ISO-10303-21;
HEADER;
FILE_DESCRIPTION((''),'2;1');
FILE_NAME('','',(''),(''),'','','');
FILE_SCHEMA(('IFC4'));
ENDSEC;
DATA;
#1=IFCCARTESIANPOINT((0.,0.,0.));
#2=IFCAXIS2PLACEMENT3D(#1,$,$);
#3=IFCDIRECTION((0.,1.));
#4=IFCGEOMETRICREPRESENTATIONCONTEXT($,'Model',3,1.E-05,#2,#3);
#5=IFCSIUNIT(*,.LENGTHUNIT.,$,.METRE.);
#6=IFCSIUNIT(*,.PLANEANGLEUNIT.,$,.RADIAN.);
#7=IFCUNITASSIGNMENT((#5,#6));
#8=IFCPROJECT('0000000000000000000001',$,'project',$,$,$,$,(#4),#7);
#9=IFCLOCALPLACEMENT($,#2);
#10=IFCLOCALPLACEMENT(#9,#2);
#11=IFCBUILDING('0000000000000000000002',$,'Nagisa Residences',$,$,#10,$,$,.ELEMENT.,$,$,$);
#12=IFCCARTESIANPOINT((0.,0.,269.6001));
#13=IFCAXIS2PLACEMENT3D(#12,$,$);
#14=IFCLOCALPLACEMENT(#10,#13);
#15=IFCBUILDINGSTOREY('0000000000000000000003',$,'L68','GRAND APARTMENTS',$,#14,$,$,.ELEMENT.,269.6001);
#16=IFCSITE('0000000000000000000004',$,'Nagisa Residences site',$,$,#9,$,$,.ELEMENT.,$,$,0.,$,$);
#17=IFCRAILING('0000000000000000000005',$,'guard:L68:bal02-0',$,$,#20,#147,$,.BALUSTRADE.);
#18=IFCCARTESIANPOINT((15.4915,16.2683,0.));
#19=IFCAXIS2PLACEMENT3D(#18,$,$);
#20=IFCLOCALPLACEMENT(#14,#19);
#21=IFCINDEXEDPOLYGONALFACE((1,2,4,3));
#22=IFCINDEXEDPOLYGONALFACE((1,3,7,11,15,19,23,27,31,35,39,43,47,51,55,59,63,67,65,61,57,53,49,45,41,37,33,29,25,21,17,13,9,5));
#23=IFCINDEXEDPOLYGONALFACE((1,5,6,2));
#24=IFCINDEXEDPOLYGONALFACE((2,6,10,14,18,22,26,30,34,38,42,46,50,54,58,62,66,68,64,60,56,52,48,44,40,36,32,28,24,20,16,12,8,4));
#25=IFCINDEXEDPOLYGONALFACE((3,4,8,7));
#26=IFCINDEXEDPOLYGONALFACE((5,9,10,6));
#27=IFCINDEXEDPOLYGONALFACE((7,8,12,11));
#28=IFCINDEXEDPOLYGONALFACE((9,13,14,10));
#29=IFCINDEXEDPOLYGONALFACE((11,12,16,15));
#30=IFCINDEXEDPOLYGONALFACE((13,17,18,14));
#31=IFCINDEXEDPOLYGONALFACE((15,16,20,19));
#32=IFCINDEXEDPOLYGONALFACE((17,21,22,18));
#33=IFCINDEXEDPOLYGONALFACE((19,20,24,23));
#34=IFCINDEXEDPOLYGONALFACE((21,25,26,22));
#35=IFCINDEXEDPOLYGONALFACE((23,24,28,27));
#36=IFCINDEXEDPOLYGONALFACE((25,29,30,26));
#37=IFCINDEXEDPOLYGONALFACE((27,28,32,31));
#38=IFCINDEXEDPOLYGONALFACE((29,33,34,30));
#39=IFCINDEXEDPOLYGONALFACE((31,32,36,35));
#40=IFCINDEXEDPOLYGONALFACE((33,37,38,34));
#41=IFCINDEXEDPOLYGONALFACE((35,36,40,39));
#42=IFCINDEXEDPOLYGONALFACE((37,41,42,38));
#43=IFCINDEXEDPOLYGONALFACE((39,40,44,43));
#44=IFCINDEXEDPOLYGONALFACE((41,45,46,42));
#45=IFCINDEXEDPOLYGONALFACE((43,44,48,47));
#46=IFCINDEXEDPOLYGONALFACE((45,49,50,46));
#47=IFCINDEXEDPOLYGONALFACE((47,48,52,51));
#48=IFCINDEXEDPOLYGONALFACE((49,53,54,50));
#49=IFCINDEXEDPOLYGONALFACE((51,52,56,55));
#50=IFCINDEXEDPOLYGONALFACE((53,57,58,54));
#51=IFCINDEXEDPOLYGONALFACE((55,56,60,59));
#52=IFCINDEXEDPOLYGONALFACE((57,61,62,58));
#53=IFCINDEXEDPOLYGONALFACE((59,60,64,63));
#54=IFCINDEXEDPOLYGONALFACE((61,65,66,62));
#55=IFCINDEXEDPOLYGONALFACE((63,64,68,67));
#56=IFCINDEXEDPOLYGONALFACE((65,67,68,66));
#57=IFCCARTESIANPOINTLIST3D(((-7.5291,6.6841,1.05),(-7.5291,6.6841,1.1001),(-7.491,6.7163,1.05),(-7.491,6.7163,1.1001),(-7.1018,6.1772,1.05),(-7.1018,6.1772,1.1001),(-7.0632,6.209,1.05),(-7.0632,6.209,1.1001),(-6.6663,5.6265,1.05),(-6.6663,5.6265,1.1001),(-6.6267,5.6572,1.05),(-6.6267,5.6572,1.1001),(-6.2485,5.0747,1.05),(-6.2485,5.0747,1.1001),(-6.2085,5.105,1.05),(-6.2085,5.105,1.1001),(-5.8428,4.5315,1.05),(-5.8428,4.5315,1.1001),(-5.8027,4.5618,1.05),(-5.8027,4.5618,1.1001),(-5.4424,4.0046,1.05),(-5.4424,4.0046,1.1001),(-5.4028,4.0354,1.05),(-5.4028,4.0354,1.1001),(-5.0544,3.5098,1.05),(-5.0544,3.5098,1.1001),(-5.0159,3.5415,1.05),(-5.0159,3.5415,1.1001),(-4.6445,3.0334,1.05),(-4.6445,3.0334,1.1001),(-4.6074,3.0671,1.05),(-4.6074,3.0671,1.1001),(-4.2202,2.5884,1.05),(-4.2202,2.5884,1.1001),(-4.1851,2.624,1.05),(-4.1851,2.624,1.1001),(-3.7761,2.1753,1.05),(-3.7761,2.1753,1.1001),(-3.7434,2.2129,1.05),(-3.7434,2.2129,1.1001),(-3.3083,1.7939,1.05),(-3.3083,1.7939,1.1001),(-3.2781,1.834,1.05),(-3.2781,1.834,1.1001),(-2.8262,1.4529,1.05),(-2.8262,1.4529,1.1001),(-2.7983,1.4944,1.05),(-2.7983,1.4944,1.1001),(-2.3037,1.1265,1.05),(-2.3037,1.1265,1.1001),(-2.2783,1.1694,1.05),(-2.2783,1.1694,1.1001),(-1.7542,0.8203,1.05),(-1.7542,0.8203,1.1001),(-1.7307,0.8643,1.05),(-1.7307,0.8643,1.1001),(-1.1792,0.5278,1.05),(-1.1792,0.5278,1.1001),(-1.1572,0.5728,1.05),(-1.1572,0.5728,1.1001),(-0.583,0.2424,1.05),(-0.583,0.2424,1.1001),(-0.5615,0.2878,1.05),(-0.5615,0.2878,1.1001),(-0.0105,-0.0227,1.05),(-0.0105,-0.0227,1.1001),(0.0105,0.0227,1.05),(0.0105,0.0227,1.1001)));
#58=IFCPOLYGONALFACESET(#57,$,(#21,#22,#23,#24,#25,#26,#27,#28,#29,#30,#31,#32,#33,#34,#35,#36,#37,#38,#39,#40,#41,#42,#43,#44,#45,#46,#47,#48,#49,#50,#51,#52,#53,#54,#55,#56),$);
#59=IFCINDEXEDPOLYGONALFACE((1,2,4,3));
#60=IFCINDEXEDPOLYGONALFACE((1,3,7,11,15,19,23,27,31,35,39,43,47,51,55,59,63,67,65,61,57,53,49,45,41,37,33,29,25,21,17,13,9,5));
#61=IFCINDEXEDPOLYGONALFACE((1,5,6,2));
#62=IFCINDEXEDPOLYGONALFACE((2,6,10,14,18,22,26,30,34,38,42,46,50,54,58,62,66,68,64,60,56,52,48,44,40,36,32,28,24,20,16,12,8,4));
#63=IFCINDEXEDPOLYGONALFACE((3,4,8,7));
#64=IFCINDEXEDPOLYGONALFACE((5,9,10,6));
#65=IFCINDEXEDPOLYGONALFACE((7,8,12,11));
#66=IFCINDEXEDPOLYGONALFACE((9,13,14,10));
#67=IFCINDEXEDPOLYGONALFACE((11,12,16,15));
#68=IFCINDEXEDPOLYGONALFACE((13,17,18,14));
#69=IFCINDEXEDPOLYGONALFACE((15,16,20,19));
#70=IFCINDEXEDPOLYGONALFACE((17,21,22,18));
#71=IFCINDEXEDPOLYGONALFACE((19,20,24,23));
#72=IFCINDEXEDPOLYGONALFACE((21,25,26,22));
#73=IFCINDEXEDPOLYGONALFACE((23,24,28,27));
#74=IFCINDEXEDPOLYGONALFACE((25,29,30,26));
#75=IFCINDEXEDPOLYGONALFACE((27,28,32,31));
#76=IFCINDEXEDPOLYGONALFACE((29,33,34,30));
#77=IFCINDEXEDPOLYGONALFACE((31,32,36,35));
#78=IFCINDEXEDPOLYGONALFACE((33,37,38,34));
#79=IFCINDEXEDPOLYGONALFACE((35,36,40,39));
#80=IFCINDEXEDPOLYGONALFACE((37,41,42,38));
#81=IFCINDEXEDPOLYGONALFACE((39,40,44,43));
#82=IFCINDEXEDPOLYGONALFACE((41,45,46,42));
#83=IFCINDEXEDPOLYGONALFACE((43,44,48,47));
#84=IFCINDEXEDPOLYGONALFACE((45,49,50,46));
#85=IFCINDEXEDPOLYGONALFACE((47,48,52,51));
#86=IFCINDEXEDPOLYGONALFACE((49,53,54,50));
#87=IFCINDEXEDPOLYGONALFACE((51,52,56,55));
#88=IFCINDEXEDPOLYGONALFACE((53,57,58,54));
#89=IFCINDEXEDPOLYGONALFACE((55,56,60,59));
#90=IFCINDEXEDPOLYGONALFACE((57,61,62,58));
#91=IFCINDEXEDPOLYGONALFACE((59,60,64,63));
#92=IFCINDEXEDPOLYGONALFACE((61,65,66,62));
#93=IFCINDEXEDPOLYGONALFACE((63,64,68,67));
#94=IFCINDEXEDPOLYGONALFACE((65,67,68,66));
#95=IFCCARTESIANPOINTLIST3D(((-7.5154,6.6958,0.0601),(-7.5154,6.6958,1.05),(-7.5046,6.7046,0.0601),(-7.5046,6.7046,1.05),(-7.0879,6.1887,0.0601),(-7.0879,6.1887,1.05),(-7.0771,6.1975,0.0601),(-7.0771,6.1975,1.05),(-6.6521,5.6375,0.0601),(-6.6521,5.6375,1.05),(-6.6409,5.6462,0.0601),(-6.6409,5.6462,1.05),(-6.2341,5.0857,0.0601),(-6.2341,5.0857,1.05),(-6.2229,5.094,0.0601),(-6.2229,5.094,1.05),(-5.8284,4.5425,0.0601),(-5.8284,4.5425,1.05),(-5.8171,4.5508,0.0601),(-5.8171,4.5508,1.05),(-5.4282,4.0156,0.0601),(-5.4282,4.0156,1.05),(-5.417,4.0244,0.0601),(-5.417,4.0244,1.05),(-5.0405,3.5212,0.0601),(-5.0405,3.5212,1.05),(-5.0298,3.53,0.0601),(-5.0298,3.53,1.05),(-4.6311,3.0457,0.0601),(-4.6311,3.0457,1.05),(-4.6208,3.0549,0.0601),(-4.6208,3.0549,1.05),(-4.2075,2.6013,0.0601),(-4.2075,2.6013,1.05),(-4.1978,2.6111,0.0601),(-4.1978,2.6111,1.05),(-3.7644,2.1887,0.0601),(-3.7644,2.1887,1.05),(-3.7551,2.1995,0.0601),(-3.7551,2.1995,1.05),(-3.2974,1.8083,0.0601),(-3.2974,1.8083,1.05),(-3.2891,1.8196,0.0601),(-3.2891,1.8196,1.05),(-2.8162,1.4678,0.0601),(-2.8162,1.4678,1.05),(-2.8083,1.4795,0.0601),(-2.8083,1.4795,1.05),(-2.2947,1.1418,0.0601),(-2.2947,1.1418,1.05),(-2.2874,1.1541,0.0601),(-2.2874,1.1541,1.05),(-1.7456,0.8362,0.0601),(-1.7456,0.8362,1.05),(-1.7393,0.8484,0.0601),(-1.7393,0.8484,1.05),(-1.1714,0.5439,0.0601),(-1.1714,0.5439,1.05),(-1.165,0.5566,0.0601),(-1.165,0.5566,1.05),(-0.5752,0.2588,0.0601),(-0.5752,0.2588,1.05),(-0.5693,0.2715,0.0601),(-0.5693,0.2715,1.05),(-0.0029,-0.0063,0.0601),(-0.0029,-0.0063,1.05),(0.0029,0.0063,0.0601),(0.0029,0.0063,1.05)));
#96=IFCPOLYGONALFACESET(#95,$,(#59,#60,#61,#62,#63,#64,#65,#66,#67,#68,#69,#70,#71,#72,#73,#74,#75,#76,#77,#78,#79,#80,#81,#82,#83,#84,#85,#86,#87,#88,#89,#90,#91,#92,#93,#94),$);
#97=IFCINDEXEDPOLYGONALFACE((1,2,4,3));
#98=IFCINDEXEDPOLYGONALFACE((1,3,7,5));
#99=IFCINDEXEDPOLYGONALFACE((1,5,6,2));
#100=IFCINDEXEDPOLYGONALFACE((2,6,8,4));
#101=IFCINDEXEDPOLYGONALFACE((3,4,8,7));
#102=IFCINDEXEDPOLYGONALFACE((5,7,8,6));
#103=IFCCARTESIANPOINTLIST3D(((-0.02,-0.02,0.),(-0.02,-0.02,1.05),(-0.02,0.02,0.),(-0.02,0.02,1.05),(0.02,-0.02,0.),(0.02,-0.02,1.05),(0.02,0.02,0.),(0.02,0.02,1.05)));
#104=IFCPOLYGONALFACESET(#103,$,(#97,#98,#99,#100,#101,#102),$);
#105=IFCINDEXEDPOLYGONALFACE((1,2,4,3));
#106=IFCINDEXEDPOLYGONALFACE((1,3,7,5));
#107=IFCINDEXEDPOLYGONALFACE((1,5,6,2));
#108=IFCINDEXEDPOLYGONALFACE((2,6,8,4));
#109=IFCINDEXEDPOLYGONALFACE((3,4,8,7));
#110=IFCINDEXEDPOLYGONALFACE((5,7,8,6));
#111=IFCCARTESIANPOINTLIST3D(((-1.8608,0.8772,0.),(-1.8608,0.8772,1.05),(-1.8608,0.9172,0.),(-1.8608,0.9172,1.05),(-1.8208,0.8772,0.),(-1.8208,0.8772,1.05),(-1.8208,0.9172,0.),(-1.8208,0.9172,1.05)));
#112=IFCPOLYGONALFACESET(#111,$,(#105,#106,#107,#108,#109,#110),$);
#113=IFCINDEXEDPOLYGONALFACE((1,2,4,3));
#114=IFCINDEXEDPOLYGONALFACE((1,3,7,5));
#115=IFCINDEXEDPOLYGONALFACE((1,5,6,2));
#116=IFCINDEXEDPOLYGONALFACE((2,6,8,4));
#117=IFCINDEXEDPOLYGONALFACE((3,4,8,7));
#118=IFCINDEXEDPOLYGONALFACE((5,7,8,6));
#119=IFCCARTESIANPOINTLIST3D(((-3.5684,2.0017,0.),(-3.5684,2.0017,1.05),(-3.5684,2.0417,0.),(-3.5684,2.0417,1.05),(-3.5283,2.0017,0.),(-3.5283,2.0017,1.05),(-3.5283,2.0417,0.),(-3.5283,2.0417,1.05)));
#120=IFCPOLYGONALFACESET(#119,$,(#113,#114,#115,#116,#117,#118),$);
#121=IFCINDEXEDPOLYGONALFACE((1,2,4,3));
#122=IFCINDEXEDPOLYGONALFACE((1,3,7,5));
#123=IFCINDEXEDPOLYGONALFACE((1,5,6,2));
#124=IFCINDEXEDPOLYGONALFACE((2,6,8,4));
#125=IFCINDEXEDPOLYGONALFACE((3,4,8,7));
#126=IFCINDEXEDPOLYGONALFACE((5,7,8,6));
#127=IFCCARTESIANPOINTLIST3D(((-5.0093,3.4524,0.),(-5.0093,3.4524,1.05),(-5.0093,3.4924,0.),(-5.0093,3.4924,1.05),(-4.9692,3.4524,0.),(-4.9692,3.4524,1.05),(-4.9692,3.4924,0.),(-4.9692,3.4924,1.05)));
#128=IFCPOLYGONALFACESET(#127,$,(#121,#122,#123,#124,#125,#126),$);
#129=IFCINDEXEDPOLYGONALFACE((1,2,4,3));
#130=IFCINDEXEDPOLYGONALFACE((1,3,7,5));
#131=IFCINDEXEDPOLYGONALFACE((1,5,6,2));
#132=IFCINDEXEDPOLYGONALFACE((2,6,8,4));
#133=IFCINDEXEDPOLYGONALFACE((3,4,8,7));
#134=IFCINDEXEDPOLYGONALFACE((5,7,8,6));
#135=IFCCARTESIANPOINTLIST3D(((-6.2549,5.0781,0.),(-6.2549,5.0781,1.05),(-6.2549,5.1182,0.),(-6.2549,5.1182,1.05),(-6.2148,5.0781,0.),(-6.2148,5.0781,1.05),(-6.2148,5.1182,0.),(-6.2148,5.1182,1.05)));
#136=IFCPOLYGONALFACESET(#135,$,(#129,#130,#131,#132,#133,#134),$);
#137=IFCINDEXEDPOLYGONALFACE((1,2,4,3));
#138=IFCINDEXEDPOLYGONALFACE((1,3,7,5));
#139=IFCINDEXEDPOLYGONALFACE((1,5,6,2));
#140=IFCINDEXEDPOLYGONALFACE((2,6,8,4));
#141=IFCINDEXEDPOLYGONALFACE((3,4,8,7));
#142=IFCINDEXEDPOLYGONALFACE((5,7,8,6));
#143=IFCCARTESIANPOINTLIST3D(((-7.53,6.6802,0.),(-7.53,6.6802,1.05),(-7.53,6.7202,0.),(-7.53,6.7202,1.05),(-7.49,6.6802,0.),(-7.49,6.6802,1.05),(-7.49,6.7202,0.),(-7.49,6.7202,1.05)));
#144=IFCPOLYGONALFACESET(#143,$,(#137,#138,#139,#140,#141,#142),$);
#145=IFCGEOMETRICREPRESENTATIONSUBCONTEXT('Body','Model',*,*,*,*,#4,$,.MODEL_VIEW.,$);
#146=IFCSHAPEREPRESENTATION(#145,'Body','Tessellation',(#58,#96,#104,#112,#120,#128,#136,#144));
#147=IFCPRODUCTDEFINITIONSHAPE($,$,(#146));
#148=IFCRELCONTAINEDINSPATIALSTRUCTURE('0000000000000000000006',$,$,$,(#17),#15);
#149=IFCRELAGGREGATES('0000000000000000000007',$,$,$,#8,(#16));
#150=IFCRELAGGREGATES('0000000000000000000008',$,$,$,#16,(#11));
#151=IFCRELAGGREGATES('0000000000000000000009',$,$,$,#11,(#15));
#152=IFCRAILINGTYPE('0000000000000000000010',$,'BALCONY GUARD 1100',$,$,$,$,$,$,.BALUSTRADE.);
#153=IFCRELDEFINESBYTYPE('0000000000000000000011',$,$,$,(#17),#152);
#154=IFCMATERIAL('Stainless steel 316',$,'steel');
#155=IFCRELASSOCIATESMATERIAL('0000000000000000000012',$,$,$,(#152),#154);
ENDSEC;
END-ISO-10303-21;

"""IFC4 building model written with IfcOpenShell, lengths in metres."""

from ifc_helpers import new_model, si_unit, direction, frame, origin, origin_2d, place, context, subcontext, project, spatial, polyline, rectangle, outline, extrude, material, type_object, element, save


model = new_model("IFC4")

# Units and contexts
model_context = context("Model", 3, precision=1e-05, world=origin(), true_north=direction((0.0, 1.0)))
body_context = subcontext(model_context, "Body", "Model", "MODEL_VIEW")
ifc_project = project(units=[si_unit("LENGTHUNIT", "METRE"), si_unit("PLANEANGLEUNIT", "RADIAN")], contexts=[model_context])

# Site, building, storey
site_placement = place(None, origin())
site = spatial("IfcSite", under=ifc_project, at=site_placement, Name="Nagisa Residences site", CompositionType="ELEMENT", RefElevation=0.0)
building_placement = place(site_placement, origin())
building = spatial("IfcBuilding", under=site, at=building_placement, Name="Nagisa Residences", CompositionType="ELEMENT")
storey_placement = place(building_placement, frame((0.0, 0.0, 269.6001)))
storey = spatial("IfcBuildingStorey", under=building, at=storey_placement, Name="L68", Description="GRAND APARTMENTS", CompositionType="ELEMENT", Elevation=269.6001)

# Railing
ifc_material_1 = material(Name="Stainless steel 316", Category="steel")
railing_type = type_object("IfcRailingType", Name="BALCONY GUARD 1100", PredefinedType="BALUSTRADE", material=ifc_material_1)
railing_1_placement = place(storey_placement, frame((15.4915, 16.2683, 0.0)))
element("IfcRailing", 1, at=railing_1_placement, inside=storey, type_object=railing_type, Name="guard:L68:bal02-0", PredefinedType="BALUSTRADE", context=body_context, shape_type="SweptSolid", body=[
    extrude(outline(polyline([(-0.583, 0.2424), (-0.0105, -0.0227), (0.0105, 0.0227), (-0.5615, 0.2878), (-1.1572, 0.5728), (-1.7307, 0.8643), (-2.2783, 1.1694), (-2.7983, 1.4944), (-3.2781, 1.834), (-3.7434, 2.2129), (-4.1851, 2.624), (-4.6074, 3.0671), (-5.0159, 3.5415), (-5.4028, 4.0354), (-5.8027, 4.5618), (-6.2085, 5.105), (-6.6267, 5.6572), (-7.0632, 6.209), (-7.491, 6.7163), (-7.5291, 6.6841), (-7.1018, 6.1772), (-6.6663, 5.6265), (-6.2485, 5.0747), (-5.8428, 4.5315), (-5.4424, 4.0046), (-5.0544, 3.5098), (-4.6445, 3.0334), (-4.2202, 2.5884), (-3.7761, 2.1753), (-3.3083, 1.7939), (-2.8262, 1.4529), (-2.3037, 1.1265), (-1.7542, 0.8203), (-1.1792, 0.5278), (-0.583, 0.2424)])), frame((0.0, 0.0, 1.05)), (0.0, 0.0, 1.0), 0.05),
    extrude(outline(polyline([(-0.5752, 0.2588), (-0.0029, -0.0063), (0.0029, 0.0063), (-0.5693, 0.2715), (-1.165, 0.5566), (-1.7393, 0.8484), (-2.2874, 1.1541), (-2.8083, 1.4795), (-3.2891, 1.8196), (-3.7551, 2.1995), (-4.1978, 2.6111), (-4.6208, 3.0549), (-5.0298, 3.53), (-5.417, 4.0244), (-5.8171, 4.5508), (-6.2229, 5.094), (-6.6409, 5.6462), (-7.0771, 6.1975), (-7.5046, 6.7046), (-7.5154, 6.6958), (-7.0879, 6.1887), (-6.6521, 5.6375), (-6.2341, 5.0857), (-5.8284, 4.5425), (-5.4282, 4.0156), (-5.0405, 3.5212), (-4.6311, 3.0457), (-4.2075, 2.6013), (-3.7644, 2.1887), (-3.2974, 1.8083), (-2.8162, 1.4678), (-2.2947, 1.1418), (-1.7456, 0.8362), (-1.1714, 0.5439), (-0.5752, 0.2588)])), frame((0.0, 0.0, 0.0601)), (0.0, 0.0, 1.0), 0.99),
    extrude(rectangle(XDim=0.04, YDim=0.04, at=origin_2d()), origin(), (0.0, 0.0, 1.0), 1.05),
    extrude(rectangle(XDim=0.04, YDim=0.04, at=origin_2d()), frame((-1.8408, 0.8972, 0.0)), (0.0, 0.0, 1.0), 1.05),
    extrude(rectangle(XDim=0.04, YDim=0.04, at=origin_2d()), frame((-3.5483, 2.0217, 0.0)), (0.0, 0.0, 1.0), 1.05),
    extrude(rectangle(XDim=0.04, YDim=0.04, at=origin_2d()), frame((-4.9893, 3.4724, 0.0)), (0.0, 0.0, 1.0), 1.05),
    extrude(rectangle(XDim=0.04, YDim=0.04, at=origin_2d()), frame((-6.2349, 5.0981, 0.0)), (0.0, 0.0, 1.0), 1.05),
    extrude(rectangle(XDim=0.04, YDim=0.04, at=origin_2d()), frame((-7.51, 6.7002, 0.0)), (0.0, 0.0, 1.0), 1.05),
])

save(model, "model.ifc")
